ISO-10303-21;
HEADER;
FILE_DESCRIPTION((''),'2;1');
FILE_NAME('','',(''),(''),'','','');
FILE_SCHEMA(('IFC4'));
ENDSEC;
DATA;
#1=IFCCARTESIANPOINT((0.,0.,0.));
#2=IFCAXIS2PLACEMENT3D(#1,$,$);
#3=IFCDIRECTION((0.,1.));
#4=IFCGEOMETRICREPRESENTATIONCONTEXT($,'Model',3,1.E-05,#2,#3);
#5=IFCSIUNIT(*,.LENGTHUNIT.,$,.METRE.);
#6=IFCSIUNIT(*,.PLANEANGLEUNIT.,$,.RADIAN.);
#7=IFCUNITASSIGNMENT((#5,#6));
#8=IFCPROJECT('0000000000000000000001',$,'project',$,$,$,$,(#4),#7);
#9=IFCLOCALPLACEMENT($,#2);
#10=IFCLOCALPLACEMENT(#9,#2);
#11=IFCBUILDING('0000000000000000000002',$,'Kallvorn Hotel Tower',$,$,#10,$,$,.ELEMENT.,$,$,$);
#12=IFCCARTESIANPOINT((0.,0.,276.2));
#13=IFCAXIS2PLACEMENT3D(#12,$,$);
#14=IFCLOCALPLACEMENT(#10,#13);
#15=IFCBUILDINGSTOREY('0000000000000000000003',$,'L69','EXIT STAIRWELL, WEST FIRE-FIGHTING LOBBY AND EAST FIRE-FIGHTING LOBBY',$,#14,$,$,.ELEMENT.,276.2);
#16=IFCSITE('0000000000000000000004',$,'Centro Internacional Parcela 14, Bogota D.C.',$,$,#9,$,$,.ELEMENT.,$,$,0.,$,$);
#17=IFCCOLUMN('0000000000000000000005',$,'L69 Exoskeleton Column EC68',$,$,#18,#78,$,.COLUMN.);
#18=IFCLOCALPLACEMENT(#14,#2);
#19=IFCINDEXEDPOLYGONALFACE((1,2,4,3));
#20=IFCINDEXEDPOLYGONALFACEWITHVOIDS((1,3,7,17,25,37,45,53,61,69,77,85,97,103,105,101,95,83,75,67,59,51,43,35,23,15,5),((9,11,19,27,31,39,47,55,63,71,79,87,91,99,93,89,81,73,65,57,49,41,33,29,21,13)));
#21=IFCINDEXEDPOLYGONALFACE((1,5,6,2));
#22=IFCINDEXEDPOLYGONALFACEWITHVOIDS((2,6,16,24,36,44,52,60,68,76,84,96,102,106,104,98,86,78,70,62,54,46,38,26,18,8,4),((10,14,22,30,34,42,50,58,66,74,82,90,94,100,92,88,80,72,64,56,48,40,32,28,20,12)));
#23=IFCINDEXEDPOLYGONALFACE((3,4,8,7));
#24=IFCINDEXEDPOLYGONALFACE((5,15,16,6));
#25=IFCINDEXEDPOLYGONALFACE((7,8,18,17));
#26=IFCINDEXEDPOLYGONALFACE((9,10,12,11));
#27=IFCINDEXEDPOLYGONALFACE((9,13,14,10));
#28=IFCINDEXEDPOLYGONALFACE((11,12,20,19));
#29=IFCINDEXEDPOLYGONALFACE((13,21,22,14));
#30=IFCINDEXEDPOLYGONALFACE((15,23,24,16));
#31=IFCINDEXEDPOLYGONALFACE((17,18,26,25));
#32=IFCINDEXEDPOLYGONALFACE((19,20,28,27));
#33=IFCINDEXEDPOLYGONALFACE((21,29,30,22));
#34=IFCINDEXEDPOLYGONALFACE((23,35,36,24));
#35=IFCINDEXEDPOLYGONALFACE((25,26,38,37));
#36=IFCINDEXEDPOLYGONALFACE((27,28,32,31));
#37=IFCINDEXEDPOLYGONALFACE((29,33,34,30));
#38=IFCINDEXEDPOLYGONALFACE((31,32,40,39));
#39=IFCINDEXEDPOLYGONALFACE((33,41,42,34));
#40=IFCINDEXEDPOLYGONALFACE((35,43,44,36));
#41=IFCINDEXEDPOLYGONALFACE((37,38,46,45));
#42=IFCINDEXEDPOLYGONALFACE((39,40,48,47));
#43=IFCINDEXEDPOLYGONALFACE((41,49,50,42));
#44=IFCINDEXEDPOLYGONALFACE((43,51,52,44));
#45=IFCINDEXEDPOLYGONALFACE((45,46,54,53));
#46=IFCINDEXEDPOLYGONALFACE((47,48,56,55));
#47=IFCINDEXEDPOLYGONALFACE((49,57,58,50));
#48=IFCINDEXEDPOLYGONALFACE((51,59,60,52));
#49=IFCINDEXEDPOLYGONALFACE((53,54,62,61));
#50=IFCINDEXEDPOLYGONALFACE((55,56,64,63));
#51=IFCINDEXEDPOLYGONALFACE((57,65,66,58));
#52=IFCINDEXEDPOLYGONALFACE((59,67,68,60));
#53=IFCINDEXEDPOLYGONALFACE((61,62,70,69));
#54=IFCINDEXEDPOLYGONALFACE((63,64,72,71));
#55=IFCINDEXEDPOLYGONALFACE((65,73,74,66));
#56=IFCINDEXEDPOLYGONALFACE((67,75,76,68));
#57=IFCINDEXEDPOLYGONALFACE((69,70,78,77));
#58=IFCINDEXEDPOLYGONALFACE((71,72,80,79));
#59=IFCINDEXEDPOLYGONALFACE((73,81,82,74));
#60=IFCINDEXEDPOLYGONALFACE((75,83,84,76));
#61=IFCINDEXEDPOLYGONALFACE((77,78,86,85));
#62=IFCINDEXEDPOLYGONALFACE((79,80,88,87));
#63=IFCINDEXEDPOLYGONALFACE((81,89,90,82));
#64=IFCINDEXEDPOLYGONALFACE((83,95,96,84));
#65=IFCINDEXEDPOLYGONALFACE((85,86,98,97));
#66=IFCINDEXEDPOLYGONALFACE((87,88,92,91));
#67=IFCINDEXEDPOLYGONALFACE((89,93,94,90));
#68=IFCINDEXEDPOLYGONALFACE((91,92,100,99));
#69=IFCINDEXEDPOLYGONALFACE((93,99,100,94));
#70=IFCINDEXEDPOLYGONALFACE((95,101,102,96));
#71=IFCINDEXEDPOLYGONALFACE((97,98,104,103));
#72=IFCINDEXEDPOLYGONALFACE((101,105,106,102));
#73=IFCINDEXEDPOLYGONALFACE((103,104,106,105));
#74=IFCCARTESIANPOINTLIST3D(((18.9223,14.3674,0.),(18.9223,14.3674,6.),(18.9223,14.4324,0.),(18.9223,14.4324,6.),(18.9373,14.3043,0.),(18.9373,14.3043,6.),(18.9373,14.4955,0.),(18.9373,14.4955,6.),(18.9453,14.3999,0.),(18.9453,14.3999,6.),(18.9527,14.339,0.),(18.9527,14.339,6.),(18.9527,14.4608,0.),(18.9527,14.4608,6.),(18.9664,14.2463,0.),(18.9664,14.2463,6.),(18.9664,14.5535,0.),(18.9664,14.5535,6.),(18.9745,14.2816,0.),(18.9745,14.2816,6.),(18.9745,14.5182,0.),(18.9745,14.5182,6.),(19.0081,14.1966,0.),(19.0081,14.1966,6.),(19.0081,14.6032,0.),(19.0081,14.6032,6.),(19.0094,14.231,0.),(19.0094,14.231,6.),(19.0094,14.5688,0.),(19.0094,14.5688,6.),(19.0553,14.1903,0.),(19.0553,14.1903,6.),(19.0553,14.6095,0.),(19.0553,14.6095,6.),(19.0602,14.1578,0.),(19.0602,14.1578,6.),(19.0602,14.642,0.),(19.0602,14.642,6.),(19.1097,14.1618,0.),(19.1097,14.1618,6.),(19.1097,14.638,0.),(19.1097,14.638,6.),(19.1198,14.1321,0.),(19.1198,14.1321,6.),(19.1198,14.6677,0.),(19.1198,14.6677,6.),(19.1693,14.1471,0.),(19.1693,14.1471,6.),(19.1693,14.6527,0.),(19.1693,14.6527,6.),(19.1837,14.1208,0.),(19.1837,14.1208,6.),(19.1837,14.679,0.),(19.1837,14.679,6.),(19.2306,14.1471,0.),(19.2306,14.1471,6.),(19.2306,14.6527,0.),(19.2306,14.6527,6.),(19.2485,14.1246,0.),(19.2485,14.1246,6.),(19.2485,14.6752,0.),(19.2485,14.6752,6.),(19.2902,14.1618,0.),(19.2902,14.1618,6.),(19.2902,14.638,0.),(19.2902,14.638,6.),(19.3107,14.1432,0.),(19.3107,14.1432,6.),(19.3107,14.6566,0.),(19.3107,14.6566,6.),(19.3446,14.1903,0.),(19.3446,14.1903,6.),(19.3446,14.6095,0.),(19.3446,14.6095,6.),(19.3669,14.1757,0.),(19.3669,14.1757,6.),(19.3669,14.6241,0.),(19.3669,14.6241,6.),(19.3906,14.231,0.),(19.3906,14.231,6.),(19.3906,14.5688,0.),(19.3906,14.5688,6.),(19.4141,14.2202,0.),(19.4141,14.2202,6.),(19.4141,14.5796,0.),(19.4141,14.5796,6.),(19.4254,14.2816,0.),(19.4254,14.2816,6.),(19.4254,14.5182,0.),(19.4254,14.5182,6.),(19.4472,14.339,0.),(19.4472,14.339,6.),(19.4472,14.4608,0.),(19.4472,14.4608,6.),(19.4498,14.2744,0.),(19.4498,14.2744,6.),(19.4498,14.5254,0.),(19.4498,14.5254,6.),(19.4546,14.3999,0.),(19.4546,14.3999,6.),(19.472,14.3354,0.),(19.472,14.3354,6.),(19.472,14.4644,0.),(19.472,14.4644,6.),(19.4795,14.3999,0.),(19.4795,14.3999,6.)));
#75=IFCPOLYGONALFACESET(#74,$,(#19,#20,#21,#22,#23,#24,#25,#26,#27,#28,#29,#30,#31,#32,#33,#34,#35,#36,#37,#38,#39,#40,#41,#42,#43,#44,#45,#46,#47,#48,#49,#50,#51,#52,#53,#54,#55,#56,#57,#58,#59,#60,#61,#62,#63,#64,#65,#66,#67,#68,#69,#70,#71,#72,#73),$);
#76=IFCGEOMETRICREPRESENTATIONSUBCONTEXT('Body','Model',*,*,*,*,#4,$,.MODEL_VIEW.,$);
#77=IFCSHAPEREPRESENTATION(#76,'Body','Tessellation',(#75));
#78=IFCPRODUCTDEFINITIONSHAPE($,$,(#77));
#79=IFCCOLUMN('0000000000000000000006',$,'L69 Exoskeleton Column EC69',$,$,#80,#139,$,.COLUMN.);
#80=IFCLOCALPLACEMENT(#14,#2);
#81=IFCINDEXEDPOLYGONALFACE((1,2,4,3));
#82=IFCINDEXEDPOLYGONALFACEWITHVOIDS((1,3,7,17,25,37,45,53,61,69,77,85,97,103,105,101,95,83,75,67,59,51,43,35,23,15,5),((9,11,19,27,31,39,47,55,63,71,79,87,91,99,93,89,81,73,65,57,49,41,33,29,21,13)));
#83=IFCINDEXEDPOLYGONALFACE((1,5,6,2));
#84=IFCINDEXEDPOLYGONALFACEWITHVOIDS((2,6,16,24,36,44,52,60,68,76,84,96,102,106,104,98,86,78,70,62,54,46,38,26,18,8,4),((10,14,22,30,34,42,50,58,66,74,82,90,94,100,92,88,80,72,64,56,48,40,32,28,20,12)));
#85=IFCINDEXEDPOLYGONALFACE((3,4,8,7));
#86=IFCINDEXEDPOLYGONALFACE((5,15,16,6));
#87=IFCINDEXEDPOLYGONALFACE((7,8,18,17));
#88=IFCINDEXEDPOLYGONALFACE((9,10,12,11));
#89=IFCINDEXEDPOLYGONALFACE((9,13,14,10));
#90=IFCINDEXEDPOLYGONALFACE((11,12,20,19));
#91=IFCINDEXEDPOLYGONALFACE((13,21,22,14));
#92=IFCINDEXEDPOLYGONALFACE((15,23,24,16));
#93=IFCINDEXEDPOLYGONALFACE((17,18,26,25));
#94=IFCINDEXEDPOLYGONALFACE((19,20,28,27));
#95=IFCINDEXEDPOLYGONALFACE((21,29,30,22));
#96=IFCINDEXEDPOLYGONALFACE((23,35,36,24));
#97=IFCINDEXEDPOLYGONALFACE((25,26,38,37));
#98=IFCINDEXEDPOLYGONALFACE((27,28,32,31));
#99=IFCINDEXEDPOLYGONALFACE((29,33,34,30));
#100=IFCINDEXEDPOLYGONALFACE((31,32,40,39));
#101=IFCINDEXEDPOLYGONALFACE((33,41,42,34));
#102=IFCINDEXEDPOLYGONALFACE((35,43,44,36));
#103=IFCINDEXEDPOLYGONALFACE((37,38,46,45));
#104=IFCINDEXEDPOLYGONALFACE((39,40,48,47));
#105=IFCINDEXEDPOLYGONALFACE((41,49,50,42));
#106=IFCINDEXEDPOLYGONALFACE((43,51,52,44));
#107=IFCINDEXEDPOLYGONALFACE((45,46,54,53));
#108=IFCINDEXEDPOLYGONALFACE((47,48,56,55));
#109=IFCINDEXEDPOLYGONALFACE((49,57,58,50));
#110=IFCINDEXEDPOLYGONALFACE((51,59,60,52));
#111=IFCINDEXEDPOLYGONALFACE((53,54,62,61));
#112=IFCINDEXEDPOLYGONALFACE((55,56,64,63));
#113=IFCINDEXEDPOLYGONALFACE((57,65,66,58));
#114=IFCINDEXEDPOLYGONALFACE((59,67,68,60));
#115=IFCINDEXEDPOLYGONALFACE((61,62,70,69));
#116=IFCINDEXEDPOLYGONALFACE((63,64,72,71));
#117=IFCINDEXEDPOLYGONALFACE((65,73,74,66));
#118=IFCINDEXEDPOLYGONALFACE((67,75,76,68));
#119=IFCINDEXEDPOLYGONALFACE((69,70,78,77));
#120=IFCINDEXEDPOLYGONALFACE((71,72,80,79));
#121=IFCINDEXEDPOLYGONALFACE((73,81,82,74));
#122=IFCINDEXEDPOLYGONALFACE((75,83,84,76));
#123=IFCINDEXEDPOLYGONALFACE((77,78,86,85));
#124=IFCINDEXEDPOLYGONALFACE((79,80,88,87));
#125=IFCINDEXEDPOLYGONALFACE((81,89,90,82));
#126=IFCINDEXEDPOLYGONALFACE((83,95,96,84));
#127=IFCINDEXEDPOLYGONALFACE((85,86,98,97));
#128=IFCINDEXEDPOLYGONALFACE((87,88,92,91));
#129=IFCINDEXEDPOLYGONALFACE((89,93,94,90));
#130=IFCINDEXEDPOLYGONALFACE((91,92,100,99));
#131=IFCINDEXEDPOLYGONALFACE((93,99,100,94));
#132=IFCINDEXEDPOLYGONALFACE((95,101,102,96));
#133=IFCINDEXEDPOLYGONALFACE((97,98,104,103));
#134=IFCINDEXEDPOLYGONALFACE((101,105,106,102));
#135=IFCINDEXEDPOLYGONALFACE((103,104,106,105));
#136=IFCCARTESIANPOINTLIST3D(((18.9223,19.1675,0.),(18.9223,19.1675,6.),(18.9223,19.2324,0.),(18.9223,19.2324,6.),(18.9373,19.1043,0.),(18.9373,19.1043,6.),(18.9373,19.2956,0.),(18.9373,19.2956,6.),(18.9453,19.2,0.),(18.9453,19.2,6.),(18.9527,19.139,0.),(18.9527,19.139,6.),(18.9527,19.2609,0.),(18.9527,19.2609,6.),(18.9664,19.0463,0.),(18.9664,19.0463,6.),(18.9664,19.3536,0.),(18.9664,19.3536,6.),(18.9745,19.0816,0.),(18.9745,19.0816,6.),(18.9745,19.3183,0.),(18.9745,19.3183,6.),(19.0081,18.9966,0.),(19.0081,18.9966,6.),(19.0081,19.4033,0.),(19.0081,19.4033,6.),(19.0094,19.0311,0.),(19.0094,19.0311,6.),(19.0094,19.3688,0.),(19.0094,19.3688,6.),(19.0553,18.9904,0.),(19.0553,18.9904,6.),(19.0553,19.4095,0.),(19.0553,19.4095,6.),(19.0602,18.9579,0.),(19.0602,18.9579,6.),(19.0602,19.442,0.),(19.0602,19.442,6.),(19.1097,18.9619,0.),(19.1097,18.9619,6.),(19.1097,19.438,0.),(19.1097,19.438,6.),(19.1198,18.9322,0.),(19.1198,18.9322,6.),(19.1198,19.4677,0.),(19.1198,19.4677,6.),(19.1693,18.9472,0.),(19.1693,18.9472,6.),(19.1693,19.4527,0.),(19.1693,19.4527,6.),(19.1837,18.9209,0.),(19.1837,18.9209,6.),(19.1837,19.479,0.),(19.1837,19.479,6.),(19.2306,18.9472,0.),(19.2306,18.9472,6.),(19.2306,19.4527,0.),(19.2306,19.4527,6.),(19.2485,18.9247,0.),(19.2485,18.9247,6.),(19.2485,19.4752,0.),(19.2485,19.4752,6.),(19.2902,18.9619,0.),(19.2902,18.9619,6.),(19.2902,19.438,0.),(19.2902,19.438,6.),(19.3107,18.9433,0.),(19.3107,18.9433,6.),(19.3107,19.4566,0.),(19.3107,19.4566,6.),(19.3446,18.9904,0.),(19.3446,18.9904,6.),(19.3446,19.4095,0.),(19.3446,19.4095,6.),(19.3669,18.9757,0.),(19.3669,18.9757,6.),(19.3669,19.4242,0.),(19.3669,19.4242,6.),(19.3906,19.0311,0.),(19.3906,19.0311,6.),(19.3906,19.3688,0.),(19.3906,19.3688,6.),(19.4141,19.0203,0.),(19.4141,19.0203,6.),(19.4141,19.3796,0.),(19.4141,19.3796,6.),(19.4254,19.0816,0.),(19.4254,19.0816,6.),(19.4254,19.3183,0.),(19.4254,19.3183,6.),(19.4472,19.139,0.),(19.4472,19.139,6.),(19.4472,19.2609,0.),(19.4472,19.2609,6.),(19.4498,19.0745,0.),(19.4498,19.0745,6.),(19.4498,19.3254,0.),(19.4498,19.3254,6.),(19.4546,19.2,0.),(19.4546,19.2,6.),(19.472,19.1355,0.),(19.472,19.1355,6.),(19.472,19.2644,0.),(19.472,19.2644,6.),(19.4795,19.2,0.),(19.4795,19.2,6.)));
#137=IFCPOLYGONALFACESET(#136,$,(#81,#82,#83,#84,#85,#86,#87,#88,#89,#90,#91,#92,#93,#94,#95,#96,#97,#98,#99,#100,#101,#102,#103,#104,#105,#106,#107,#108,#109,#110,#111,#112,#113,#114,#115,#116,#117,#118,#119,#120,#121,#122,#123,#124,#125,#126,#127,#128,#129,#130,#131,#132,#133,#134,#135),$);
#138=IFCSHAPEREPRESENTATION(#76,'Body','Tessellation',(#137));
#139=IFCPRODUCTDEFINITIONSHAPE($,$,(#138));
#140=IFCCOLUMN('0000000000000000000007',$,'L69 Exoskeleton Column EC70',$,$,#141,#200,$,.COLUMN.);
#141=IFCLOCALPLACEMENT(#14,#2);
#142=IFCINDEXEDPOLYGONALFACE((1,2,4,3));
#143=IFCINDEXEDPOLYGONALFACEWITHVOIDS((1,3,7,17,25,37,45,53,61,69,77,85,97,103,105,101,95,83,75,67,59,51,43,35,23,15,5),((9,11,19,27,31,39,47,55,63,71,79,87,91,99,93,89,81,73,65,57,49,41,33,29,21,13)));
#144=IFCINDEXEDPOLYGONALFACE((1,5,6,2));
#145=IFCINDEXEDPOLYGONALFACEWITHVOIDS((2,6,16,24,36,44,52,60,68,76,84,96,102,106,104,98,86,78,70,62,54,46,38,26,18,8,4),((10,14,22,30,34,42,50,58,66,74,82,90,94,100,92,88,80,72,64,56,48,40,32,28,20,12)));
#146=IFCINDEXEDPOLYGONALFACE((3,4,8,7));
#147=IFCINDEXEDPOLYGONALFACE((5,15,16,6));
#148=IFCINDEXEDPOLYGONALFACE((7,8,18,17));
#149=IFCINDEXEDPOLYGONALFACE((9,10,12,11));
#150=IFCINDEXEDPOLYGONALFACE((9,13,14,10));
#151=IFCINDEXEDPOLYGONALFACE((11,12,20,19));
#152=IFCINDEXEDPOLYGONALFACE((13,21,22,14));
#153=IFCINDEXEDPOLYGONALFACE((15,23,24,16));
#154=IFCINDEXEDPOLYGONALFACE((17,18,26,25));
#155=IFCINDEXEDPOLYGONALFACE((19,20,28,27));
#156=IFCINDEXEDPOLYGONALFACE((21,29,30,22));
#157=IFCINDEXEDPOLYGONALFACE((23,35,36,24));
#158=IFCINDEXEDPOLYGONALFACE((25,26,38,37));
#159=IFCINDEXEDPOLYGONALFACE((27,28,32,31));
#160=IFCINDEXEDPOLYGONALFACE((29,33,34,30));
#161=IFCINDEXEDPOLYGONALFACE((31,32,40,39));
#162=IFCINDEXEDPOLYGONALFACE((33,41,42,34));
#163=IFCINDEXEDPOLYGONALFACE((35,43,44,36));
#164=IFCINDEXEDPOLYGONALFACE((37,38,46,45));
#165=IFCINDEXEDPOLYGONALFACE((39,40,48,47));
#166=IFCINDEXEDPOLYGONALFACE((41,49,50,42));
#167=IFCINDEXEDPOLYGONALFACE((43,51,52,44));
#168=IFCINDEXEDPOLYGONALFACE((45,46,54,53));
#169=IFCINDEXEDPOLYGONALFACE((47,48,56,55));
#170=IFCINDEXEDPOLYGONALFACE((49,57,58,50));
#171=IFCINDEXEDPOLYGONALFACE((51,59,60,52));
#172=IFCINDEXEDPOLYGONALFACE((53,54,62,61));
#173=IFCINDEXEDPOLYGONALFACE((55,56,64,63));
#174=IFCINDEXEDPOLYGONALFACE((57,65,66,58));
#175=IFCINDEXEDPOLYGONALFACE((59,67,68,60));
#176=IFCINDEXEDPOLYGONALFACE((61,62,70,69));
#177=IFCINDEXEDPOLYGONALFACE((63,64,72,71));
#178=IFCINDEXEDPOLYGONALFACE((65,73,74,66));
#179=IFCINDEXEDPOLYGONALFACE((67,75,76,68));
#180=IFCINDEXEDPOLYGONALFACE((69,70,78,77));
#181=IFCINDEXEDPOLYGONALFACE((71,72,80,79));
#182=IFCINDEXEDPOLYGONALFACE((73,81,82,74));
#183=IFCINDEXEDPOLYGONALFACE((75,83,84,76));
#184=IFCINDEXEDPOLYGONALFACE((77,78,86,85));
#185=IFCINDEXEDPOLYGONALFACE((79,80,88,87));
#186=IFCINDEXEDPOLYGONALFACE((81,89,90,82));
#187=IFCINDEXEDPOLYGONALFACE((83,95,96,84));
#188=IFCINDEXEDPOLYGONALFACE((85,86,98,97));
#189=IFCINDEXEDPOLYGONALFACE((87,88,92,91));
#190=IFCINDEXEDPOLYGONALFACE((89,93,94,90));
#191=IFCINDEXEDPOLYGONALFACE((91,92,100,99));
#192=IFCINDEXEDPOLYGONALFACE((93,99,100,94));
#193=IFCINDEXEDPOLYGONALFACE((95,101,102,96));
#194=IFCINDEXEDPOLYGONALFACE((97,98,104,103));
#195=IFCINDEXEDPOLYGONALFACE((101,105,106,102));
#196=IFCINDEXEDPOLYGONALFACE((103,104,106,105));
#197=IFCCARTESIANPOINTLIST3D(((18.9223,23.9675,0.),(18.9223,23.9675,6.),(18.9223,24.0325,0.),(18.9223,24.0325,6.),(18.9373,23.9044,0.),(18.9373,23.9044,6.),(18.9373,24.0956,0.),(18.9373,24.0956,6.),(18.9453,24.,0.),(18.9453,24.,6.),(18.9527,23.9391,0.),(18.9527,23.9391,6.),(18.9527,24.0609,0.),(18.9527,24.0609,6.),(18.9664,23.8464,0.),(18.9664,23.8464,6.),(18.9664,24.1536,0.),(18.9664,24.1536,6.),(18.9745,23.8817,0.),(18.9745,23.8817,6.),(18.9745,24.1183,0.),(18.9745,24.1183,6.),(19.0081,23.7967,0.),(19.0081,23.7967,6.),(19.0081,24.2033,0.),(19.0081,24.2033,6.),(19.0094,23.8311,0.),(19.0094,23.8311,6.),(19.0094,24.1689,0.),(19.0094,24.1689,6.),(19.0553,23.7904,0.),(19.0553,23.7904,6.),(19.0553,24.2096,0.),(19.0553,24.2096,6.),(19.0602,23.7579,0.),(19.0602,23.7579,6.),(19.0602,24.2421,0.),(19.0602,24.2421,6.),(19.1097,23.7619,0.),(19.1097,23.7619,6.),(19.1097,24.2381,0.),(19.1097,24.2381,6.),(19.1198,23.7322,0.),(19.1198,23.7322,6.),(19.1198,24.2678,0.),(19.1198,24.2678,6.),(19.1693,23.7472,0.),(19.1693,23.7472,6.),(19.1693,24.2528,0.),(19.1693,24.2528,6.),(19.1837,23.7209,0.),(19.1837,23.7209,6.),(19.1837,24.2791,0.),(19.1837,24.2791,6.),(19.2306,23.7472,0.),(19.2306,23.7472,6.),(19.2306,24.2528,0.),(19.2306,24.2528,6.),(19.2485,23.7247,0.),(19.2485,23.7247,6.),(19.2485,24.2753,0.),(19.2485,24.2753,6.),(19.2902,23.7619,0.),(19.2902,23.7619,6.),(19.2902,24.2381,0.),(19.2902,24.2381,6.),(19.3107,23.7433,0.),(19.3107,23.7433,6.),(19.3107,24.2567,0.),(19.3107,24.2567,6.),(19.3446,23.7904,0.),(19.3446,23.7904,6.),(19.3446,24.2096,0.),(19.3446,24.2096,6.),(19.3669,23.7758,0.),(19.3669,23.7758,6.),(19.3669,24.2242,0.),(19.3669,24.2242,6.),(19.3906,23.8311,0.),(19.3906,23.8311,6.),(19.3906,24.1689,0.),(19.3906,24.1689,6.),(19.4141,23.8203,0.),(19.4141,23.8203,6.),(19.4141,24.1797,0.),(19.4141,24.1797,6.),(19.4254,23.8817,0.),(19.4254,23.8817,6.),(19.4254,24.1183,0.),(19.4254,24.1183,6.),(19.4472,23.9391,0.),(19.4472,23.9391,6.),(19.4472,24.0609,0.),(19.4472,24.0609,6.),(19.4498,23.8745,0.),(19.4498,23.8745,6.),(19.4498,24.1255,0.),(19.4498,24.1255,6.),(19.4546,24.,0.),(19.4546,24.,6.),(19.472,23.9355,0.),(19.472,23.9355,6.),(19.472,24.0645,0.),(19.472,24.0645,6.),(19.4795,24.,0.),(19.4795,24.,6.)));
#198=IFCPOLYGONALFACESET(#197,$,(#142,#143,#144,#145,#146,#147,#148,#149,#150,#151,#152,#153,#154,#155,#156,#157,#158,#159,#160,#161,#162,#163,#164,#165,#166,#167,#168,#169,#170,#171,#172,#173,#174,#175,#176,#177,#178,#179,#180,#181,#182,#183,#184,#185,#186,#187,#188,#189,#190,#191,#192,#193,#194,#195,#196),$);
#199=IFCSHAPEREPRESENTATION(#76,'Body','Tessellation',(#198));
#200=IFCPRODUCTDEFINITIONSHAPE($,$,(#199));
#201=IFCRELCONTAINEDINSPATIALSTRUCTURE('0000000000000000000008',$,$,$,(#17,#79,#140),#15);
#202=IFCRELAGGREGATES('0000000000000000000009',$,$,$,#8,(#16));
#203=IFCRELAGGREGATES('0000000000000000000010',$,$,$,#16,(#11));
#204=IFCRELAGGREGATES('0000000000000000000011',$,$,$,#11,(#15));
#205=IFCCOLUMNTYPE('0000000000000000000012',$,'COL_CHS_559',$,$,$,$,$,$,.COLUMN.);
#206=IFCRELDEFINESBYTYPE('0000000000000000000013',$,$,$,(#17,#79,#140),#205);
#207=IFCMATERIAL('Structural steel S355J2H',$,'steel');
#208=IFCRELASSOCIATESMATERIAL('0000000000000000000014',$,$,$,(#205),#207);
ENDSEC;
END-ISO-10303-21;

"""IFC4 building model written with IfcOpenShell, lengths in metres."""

from ifc_helpers import new_model, si_unit, direction, frame, origin, origin_2d, place, context, subcontext, project, spatial, hollow_circle, extrude, material, material_profile, profile_set, type_object, element, save


model = new_model("IFC4")

# Units and contexts
model_context = context("Model", 3, precision=1e-05, world=origin(), true_north=direction((0.0, 1.0)))
body_context = subcontext(model_context, "Body", "Model", "MODEL_VIEW")
ifc_project = project(units=[si_unit("LENGTHUNIT", "METRE"), si_unit("PLANEANGLEUNIT", "RADIAN")], contexts=[model_context])

# Site, building, storey
site_placement = place(None, origin())
site = spatial("IfcSite", under=ifc_project, at=site_placement, Name="Centro Internacional Parcela 14, Bogota D.C.", CompositionType="ELEMENT", RefElevation=0.0)
building_placement = place(site_placement, origin())
building = spatial("IfcBuilding", under=site, at=building_placement, Name="Kallvorn Hotel Tower", CompositionType="ELEMENT")
storey_placement = place(building_placement, frame((0.0, 0.0, 276.2)))
storey = spatial("IfcBuildingStorey", under=building, at=storey_placement, Name="L69", Description="EXIT STAIRWELL, WEST FIRE-FIGHTING LOBBY AND EAST FIRE-FIGHTING LOBBY", CompositionType="ELEMENT", Elevation=276.2)

# Columns
ifc_material_1 = material(Name="Structural steel S355J2H", Category="steel")
ifc_material_profile_1 = material_profile(ifc_material_1, hollow_circle(Radius=0.2795, WallThickness=0.0249, at=origin_2d()), Name="CHS 559x25")
ifc_profile_set_1 = profile_set([ifc_material_profile_1], Name="Structural steel S355J2H")
column_type = type_object("IfcColumnType", Name="COL_CHS_559", PredefinedType="COLUMN", material=ifc_profile_set_1)
for number, where, z_axis, x_axis, name in (
    (1, (19.2, 14.3999, 0.0), (0.0, 0.0, 1.0), (1.0, 0.0, 0.0), "L69 Exoskeleton Column EC68"),
    (2, (19.2, 19.2, 0.0), (0.0, 0.0, 1.0), (1.0, 0.0, 0.0), "L69 Exoskeleton Column EC69"),
    (3, (19.2, 24.0, 0.0), (0.0, 0.0, 1.0), (1.0, 0.0, 0.0), "L69 Exoskeleton Column EC70"),
):
    element("IfcColumn", number, at=place(storey_placement, frame(where, z_axis=z_axis, x_axis=x_axis)), inside=storey, type_object=column_type, Name=name, PredefinedType="COLUMN", context=body_context, shape_type="SweptSolid", body=[
        extrude(hollow_circle(Radius=0.2795, WallThickness=0.0249, at=origin_2d()), origin(), (0.0, 0.0, 1.0), 6.0),
    ])

save(model, "model.ifc")
